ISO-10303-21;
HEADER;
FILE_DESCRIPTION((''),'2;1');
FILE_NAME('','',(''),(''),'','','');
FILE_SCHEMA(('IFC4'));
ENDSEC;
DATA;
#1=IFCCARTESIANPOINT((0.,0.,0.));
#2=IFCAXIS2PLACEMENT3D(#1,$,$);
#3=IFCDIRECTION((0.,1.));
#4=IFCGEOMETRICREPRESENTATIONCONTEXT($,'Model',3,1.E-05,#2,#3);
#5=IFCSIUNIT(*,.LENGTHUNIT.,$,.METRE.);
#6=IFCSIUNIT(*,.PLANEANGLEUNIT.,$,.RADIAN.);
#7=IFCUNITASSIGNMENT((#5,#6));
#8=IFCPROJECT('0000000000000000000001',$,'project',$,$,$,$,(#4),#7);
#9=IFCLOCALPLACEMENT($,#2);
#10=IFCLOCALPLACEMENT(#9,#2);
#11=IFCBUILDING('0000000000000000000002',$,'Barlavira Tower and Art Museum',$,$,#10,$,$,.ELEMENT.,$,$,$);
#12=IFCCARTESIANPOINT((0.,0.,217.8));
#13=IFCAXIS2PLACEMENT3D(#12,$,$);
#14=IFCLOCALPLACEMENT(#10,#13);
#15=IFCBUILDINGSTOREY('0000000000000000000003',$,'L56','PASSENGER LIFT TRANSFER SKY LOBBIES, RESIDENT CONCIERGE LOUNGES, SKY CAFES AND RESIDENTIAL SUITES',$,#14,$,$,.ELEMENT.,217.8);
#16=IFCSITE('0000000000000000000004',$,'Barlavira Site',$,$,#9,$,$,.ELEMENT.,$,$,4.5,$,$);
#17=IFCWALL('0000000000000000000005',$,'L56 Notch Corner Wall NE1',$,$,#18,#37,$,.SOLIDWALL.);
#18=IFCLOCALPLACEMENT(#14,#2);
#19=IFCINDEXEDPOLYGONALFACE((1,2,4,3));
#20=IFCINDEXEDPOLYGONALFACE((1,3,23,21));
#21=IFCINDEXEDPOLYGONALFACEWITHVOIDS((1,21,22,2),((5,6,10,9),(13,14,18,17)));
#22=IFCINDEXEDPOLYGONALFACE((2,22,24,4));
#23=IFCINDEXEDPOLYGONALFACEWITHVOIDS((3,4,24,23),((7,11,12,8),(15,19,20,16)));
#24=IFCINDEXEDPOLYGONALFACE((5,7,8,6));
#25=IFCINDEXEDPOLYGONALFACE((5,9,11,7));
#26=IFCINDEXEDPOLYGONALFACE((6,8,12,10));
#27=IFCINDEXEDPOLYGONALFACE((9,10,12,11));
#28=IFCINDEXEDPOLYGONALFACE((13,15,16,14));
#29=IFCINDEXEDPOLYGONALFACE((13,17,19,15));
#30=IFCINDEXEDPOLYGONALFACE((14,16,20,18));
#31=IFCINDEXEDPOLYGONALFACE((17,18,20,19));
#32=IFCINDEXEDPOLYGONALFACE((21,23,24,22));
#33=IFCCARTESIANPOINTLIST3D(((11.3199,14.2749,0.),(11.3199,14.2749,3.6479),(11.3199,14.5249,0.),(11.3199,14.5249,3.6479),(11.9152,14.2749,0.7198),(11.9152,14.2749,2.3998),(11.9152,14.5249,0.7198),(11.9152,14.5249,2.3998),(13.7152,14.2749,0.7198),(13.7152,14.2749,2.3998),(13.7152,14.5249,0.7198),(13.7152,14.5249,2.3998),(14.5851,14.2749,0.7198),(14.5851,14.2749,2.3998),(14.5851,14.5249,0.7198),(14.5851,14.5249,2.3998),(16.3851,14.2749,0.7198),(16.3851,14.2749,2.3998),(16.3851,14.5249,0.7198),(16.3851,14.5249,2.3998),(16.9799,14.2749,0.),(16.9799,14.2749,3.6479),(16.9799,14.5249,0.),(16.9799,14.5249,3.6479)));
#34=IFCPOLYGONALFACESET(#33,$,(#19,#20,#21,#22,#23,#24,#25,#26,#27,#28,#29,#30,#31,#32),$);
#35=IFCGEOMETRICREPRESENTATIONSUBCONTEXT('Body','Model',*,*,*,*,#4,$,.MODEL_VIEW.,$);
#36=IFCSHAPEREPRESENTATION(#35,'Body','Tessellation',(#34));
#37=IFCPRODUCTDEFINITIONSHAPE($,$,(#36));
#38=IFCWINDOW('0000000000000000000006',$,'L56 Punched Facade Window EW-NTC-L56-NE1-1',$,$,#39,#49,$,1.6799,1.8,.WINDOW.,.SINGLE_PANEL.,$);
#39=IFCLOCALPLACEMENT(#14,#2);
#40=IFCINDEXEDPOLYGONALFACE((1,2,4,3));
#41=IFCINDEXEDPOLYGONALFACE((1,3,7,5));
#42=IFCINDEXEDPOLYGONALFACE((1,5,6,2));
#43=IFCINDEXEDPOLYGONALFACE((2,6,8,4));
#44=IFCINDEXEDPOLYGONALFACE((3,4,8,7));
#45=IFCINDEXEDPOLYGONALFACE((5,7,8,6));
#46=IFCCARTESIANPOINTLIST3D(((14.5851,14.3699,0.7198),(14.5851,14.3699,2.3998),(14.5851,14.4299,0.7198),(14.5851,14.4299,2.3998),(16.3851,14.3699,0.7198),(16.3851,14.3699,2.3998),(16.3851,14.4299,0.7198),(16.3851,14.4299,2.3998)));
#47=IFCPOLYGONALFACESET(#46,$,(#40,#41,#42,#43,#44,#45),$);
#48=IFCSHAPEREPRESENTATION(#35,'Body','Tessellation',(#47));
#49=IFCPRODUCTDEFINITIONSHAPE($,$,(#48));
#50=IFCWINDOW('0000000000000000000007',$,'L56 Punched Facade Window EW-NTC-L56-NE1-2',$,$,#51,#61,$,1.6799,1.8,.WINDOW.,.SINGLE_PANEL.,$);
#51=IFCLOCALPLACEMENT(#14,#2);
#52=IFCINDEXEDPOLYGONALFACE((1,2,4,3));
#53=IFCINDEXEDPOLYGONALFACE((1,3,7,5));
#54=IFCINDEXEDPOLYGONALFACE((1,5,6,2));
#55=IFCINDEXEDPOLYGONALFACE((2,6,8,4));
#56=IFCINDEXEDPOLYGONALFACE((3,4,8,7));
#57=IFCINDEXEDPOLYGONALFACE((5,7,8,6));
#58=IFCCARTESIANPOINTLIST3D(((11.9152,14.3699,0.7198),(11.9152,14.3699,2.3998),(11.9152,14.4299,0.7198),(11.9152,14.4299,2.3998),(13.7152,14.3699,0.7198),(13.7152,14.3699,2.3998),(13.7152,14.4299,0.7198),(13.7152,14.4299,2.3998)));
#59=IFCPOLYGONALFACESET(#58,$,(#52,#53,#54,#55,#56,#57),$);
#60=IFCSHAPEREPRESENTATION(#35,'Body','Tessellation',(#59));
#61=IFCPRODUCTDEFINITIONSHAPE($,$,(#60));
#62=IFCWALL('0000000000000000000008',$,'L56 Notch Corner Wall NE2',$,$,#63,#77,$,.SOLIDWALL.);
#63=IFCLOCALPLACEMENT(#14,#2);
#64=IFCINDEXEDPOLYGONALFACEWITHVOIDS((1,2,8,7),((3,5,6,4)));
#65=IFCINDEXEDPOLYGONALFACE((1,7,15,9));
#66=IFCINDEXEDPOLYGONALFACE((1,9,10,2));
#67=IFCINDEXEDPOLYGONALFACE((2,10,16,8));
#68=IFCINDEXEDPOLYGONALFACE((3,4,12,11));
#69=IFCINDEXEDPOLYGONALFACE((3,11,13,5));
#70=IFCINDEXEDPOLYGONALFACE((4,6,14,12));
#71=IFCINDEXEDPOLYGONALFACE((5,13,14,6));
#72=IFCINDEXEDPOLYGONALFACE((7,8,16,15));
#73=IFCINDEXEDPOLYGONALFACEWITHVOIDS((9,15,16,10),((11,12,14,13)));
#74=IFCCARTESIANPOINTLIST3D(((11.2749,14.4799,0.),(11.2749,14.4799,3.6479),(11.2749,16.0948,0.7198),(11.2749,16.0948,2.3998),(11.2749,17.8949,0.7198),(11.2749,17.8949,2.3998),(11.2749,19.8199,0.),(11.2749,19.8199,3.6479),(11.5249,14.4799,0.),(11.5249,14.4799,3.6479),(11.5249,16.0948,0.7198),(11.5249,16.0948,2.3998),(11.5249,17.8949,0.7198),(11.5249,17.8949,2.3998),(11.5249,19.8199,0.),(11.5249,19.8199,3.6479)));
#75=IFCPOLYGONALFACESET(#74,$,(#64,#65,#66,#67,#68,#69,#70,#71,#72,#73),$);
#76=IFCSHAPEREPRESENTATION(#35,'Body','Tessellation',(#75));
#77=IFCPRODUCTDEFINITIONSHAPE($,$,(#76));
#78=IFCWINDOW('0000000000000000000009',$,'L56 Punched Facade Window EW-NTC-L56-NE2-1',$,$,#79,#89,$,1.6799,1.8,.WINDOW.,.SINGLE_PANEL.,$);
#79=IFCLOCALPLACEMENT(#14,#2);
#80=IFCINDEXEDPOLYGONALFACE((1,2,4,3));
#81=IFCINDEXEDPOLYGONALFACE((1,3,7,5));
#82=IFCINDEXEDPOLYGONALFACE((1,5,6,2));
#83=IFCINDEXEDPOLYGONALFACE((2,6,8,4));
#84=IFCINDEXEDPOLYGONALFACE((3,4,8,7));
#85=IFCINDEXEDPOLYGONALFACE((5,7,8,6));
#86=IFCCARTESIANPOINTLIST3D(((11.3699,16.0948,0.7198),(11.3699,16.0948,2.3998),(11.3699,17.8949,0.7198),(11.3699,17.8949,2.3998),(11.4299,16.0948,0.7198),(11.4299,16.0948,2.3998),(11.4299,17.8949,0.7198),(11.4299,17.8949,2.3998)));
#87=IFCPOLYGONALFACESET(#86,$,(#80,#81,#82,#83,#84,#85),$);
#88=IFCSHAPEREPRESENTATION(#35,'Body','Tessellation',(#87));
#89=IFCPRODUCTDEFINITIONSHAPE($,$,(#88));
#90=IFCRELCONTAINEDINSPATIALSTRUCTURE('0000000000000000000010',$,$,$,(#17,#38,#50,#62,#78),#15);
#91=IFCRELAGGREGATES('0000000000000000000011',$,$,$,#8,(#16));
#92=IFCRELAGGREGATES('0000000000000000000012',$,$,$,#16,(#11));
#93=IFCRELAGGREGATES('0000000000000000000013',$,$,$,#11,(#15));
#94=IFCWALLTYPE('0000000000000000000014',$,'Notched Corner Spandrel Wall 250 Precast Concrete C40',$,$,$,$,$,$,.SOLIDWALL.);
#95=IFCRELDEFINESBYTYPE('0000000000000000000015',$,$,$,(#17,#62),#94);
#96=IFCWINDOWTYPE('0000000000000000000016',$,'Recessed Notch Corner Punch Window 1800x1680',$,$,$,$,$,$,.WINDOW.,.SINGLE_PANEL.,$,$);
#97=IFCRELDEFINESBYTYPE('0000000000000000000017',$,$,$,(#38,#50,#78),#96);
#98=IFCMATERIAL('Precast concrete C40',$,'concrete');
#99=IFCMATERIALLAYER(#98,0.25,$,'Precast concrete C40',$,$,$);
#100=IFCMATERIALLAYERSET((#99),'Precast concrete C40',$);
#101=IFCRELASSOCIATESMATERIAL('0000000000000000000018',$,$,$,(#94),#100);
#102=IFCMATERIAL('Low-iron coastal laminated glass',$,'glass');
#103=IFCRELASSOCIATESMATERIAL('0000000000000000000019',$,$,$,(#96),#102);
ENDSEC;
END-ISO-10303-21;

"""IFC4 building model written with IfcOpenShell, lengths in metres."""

from ifc_helpers import new_model, si_unit, direction, frame, frame_2d, origin, place, context, subcontext, project, spatial, rectangle, extrude, material, layer, layer_set, type_object, element, fill, save


model = new_model("IFC4")

# Units and contexts
model_context = context("Model", 3, precision=1e-05, world=origin(), true_north=direction((0.0, 1.0)))
body_context = subcontext(model_context, "Body", "Model", "MODEL_VIEW")
ifc_project = project(units=[si_unit("LENGTHUNIT", "METRE"), si_unit("PLANEANGLEUNIT", "RADIAN")], contexts=[model_context])

# Site, building, storey
site_placement = place(None, origin())
site = spatial("IfcSite", under=ifc_project, at=site_placement, Name="Barlavira Site", CompositionType="ELEMENT", RefElevation=4.5)
building_placement = place(site_placement, origin())
building = spatial("IfcBuilding", under=site, at=building_placement, Name="Barlavira Tower and Art Museum", CompositionType="ELEMENT")
storey_placement = place(building_placement, frame((0.0, 0.0, 217.8)))
storey = spatial("IfcBuildingStorey", under=building, at=storey_placement, Name="L56", Description="PASSENGER LIFT TRANSFER SKY LOBBIES, RESIDENT CONCIERGE LOUNGES, SKY CAFES AND RESIDENTIAL SUITES", CompositionType="ELEMENT", Elevation=217.8)

# Shared definitions
ifc_material_1 = material(Name="Low-iron coastal laminated glass", Category="glass")

# Shared definitions
ifc_material_2 = material(Name="Precast concrete C40", Category="concrete")
ifc_layer_1 = layer(ifc_material_2, 0.25, Name="Precast concrete C40")
ifc_layer_set_1 = layer_set([ifc_layer_1], Name="Precast concrete C40")
wall_type_1 = type_object("IfcWallType", Name="Notched Corner Spandrel Wall 250 Precast Concrete C40", PredefinedType="SOLIDWALL", material=ifc_layer_set_1)
window_type = type_object("IfcWindowType", Name="Recessed Notch Corner Punch Window 1800x1680", PartitioningType="SINGLE_PANEL", PredefinedType="WINDOW", material=ifc_material_1)

# Wall, openings, windows
wall_1_placement = place(storey_placement, frame((16.98, 14.3999, 0.0), z_axis=(0.0, 0.0, 1.0), x_axis=(-1.0, 0.0, 0.0)))
wall_1 = element("IfcWall", 1, at=wall_1_placement, inside=storey, type_object=wall_type_1, Name="L56 Notch Corner Wall NE1", PredefinedType="SOLIDWALL", context=body_context, shape_type="SweptSolid", body=[
    extrude(rectangle(XDim=5.6599, YDim=0.25, at=frame_2d((2.8301, 0.0))), origin(), (0.0, 0.0, 1.0), 3.6479),
])
opening_1_placement = place(wall_1_placement, frame((0.595, 0.0, 0.72)))
opening_1 = element("IfcOpeningElement", 2, at=opening_1_placement, cuts=wall_1, PredefinedType="OPENING", context=body_context, shape_type="SweptSolid", body=[
    extrude(rectangle(XDim=1.8, YDim=1.6799, at=frame_2d((0.8999, 0.8398))), frame((0.0, 0.135, 0.0), z_axis=(0.0, -1.0, 0.0), x_axis=(1.0, 0.0, 0.0)), (0.0, 0.0, 1.0), 0.27),
])
opening_2_placement = place(wall_1_placement, frame((3.2649, 0.0, 0.72)))
opening_2 = element("IfcOpeningElement", 3, at=opening_2_placement, cuts=wall_1, PredefinedType="OPENING", context=body_context, shape_type="SweptSolid", body=[
    extrude(rectangle(XDim=1.8, YDim=1.6799, at=frame_2d((0.8999, 0.8398))), frame((0.0, 0.135, 0.0), z_axis=(0.0, -1.0, 0.0), x_axis=(1.0, 0.0, 0.0)), (0.0, 0.0, 1.0), 0.27),
])
window_1_placement = place(opening_1_placement, origin())
window_1 = element("IfcWindow", 4, at=window_1_placement, inside=storey, type_object=window_type, Name="L56 Punched Facade Window EW-NTC-L56-NE1-1", OverallHeight=1.6799, OverallWidth=1.8, PartitioningType="SINGLE_PANEL", PredefinedType="WINDOW", context=body_context, shape_type="SweptSolid", body=[
    extrude(rectangle(XDim=1.8, YDim=1.6799, at=frame_2d((0.8999, 0.8398))), frame((0.0, 0.03, 0.0), z_axis=(0.0, -1.0, 0.0), x_axis=(1.0, 0.0, 0.0)), (0.0, 0.0, 1.0), 0.0601),
])
fill(opening_1, window_1)
window_2_placement = place(opening_2_placement, origin())
window_2 = element("IfcWindow", 5, at=window_2_placement, inside=storey, type_object=window_type, Name="L56 Punched Facade Window EW-NTC-L56-NE1-2", OverallHeight=1.6799, OverallWidth=1.8, PartitioningType="SINGLE_PANEL", PredefinedType="WINDOW", context=body_context, shape_type="SweptSolid", body=[
    extrude(rectangle(XDim=1.8, YDim=1.6799, at=frame_2d((0.8999, 0.8398))), frame((0.0, 0.03, 0.0), z_axis=(0.0, -1.0, 0.0), x_axis=(1.0, 0.0, 0.0)), (0.0, 0.0, 1.0), 0.0601),
])
fill(opening_2, window_2)

# Wall, opening, window
wall_2_placement = place(storey_placement, frame((11.3999, 14.48, 0.0), z_axis=(0.0, 0.0, 1.0), x_axis=(0.0, 1.0, 0.0)))
wall_2 = element("IfcWall", 6, at=wall_2_placement, inside=storey, type_object=wall_type_1, Name="L56 Notch Corner Wall NE2", PredefinedType="SOLIDWALL", context=body_context, shape_type="SweptSolid", body=[
    extrude(rectangle(XDim=5.3401, YDim=0.25, at=frame_2d((2.6699, 0.0))), origin(), (0.0, 0.0, 1.0), 3.6479),
])
opening_3_placement = place(wall_2_placement, frame((1.615, 0.0, 0.72)))
opening_3 = element("IfcOpeningElement", 7, at=opening_3_placement, cuts=wall_2, PredefinedType="OPENING", context=body_context, shape_type="SweptSolid", body=[
    extrude(rectangle(XDim=1.8, YDim=1.6799, at=frame_2d((0.8999, 0.8398))), frame((0.0, 0.135, 0.0), z_axis=(0.0, -1.0, 0.0), x_axis=(1.0, 0.0, 0.0)), (0.0, 0.0, 1.0), 0.27),
])
window_3_placement = place(opening_3_placement, origin())
window_3 = element("IfcWindow", 8, at=window_3_placement, inside=storey, type_object=window_type, Name="L56 Punched Facade Window EW-NTC-L56-NE2-1", OverallHeight=1.6799, OverallWidth=1.8, PartitioningType="SINGLE_PANEL", PredefinedType="WINDOW", context=body_context, shape_type="SweptSolid", body=[
    extrude(rectangle(XDim=1.8, YDim=1.6799, at=frame_2d((0.8999, 0.8398))), frame((0.0, 0.03, 0.0), z_axis=(0.0, -1.0, 0.0), x_axis=(1.0, 0.0, 0.0)), (0.0, 0.0, 1.0), 0.0601),
])
fill(opening_3, window_3)

save(model, "model.ifc")
